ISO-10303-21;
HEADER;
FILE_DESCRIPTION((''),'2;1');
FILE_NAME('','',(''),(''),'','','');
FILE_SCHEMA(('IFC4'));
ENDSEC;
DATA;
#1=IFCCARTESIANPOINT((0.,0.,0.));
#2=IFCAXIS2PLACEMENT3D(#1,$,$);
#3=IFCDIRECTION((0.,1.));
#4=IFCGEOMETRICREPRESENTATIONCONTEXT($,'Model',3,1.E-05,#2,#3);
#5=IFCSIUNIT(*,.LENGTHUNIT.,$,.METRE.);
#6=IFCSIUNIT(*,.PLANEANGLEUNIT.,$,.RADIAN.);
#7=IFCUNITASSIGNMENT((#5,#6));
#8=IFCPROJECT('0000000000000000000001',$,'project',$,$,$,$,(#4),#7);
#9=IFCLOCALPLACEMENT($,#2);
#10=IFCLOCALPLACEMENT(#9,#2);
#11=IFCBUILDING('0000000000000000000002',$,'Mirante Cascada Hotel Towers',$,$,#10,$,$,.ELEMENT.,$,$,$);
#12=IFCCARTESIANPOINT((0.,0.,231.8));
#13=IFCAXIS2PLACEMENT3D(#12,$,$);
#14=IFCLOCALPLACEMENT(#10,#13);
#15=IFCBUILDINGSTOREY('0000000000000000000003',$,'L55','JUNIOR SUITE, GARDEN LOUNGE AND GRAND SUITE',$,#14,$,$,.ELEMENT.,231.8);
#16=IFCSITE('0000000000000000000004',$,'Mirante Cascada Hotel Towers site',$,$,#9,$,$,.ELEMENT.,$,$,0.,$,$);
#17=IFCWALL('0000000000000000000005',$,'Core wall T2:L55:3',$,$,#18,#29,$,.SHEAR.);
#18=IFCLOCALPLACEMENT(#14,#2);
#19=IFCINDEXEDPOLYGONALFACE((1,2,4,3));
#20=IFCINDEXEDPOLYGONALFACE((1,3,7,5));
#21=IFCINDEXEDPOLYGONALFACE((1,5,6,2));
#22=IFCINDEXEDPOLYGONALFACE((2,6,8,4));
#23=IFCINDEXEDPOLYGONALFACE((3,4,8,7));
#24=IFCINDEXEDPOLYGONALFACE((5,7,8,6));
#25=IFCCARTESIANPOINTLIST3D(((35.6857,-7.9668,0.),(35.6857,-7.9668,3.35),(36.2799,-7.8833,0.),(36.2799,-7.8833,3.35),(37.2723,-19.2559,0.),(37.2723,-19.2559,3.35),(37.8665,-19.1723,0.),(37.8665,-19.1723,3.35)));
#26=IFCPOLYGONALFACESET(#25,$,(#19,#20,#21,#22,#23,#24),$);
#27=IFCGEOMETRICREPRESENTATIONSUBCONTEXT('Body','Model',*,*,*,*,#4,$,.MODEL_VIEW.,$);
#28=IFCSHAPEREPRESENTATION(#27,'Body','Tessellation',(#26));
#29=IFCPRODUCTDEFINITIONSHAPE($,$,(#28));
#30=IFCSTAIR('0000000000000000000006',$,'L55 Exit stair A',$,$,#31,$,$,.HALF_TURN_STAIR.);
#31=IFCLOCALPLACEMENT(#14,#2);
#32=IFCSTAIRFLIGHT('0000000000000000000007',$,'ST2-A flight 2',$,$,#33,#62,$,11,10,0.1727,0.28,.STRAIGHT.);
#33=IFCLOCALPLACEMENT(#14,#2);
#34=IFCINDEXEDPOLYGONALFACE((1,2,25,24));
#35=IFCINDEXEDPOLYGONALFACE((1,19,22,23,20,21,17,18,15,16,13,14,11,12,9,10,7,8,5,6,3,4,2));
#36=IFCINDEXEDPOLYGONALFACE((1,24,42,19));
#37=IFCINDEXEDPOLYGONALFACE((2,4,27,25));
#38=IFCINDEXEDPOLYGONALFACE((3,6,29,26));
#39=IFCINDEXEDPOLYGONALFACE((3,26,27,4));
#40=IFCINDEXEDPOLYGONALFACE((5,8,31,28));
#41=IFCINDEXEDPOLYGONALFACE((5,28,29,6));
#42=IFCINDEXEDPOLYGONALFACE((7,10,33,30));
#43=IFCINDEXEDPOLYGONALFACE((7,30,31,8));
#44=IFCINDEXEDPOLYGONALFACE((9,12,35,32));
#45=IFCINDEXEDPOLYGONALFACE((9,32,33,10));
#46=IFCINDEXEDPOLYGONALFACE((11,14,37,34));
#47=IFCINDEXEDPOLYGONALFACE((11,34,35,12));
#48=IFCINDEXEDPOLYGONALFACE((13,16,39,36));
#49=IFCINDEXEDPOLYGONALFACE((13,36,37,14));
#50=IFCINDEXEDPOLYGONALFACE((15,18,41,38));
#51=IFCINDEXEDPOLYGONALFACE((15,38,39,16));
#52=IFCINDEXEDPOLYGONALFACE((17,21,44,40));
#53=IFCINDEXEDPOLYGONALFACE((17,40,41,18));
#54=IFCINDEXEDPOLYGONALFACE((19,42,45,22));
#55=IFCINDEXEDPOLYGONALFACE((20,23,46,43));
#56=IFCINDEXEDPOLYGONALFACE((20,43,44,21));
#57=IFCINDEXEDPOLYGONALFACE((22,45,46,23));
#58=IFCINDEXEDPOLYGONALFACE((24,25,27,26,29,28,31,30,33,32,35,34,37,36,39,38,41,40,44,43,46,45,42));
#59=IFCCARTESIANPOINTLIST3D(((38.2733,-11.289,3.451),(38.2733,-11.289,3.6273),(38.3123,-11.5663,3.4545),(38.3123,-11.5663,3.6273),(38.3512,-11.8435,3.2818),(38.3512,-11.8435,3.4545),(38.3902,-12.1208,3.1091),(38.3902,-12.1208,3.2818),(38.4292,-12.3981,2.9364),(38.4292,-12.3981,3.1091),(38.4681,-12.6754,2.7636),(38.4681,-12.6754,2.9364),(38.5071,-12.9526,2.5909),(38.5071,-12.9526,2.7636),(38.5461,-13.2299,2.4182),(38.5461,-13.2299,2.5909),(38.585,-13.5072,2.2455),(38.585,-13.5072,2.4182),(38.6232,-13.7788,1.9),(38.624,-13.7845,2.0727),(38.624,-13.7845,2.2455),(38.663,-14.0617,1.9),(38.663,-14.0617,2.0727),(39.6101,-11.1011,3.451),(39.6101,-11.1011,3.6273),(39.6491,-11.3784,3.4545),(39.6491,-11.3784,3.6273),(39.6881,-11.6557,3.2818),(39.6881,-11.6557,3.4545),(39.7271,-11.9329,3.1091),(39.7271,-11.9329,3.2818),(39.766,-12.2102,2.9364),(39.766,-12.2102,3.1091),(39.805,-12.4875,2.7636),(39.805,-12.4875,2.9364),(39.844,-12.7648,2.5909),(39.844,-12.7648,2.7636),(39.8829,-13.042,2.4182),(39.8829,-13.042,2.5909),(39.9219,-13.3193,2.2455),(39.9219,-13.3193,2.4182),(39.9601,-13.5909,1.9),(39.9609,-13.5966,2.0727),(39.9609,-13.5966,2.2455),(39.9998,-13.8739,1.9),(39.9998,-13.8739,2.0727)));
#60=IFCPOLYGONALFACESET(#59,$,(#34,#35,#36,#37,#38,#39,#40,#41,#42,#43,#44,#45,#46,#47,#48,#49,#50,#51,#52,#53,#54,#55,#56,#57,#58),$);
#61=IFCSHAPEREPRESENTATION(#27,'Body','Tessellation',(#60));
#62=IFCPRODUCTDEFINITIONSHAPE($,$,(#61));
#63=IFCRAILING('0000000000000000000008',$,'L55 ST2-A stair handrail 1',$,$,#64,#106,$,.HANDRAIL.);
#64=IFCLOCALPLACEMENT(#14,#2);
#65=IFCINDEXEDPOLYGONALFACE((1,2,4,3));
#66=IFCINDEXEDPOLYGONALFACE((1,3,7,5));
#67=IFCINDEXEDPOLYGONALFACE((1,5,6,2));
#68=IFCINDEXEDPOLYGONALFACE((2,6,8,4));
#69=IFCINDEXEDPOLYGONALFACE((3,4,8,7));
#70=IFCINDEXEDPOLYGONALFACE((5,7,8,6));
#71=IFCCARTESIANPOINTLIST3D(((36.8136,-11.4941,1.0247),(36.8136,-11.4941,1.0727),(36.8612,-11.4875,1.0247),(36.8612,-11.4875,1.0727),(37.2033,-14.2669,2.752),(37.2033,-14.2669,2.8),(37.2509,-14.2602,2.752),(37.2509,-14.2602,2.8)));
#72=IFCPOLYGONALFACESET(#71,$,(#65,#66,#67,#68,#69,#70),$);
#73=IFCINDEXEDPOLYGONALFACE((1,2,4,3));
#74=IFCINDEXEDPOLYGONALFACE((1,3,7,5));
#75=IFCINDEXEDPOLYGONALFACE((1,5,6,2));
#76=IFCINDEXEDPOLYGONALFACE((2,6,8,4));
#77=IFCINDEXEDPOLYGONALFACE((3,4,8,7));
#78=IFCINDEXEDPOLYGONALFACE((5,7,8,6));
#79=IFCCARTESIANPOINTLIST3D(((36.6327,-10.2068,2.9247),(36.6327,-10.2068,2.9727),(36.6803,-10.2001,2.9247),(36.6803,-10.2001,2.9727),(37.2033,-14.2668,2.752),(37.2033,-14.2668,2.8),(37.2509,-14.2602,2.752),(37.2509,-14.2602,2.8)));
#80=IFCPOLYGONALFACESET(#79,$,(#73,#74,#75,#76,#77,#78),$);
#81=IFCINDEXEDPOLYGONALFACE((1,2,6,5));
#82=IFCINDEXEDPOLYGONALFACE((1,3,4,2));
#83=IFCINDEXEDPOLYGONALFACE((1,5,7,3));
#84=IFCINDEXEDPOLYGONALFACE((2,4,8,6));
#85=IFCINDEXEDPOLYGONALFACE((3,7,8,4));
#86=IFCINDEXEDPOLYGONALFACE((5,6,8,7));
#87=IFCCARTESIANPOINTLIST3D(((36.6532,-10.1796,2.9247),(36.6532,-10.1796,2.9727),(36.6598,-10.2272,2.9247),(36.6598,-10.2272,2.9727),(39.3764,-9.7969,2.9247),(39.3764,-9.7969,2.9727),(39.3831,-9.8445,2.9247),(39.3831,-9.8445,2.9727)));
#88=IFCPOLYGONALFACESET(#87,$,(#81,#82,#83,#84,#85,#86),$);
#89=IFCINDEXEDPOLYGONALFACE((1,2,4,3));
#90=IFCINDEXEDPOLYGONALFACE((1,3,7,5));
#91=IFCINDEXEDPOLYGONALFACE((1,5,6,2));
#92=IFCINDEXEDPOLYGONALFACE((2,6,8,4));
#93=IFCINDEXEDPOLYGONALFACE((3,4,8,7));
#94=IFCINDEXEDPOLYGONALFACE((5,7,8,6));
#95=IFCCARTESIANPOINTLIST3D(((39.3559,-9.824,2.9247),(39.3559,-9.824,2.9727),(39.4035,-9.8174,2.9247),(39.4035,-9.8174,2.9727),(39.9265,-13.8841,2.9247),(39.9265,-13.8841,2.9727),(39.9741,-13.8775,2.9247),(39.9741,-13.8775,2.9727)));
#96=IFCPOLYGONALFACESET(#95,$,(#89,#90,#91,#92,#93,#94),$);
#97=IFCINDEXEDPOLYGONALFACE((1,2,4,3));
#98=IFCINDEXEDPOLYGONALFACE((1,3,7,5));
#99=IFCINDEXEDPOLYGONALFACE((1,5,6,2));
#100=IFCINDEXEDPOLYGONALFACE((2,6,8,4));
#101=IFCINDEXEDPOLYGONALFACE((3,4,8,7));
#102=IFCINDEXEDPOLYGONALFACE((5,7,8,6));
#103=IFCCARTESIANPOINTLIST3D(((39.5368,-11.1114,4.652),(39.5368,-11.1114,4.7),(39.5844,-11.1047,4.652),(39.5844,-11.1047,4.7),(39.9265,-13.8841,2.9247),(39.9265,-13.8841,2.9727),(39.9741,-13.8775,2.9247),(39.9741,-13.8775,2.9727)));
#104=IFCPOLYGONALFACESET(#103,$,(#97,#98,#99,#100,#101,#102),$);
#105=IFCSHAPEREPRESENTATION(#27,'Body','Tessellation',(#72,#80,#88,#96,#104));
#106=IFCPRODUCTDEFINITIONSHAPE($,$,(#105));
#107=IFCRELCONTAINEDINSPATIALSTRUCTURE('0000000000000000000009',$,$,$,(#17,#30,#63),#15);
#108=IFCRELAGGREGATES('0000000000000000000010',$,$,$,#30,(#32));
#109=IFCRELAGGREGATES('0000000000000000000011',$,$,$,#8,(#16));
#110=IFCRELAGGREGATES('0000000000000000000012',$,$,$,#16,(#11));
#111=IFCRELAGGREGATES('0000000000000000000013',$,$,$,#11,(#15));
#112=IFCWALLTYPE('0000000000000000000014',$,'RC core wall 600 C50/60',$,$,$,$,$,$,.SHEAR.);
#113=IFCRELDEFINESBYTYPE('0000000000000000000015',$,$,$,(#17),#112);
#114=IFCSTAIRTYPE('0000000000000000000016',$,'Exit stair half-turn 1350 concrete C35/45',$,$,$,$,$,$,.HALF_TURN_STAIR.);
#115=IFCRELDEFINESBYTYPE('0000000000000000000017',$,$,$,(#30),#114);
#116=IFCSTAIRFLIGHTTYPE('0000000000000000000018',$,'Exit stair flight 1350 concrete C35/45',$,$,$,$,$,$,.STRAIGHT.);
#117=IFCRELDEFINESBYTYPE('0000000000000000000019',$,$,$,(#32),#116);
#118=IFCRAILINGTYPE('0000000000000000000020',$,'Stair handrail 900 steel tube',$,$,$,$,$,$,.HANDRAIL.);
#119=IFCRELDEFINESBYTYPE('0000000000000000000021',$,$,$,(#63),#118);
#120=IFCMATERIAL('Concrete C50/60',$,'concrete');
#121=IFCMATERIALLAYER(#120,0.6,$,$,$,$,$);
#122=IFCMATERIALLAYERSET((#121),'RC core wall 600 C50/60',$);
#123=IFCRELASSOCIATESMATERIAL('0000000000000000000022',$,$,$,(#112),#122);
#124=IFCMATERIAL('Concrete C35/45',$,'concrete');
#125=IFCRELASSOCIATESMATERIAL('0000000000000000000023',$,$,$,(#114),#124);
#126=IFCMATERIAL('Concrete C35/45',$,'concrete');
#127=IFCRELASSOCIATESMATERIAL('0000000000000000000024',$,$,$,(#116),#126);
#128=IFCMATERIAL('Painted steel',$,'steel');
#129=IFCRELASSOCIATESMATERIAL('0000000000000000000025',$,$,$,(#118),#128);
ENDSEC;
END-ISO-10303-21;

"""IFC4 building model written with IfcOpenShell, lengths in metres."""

from ifc_helpers import new_model, si_unit, direction, frame, frame_2d, origin, origin_2d, place, context, subcontext, project, spatial, polyline, rectangle, outline, extrude, material, layer, layer_set, type_object, element, aggregate, save


model = new_model("IFC4")

# Units and contexts
model_context = context("Model", 3, precision=1e-05, world=origin(), true_north=direction((0.0, 1.0)))
body_context = subcontext(model_context, "Body", "Model", "MODEL_VIEW")
ifc_project = project(units=[si_unit("LENGTHUNIT", "METRE"), si_unit("PLANEANGLEUNIT", "RADIAN")], contexts=[model_context])

# Site, building, storey
site_placement = place(None, origin())
site = spatial("IfcSite", under=ifc_project, at=site_placement, Name="Mirante Cascada Hotel Towers site", CompositionType="ELEMENT", RefElevation=0.0)
building_placement = place(site_placement, origin())
building = spatial("IfcBuilding", under=site, at=building_placement, Name="Mirante Cascada Hotel Towers", CompositionType="ELEMENT")
storey_placement = place(building_placement, frame((0.0, 0.0, 231.8)))
storey = spatial("IfcBuildingStorey", under=building, at=storey_placement, Name="L55", Description="JUNIOR SUITE, GARDEN LOUNGE AND GRAND SUITE", CompositionType="ELEMENT", Elevation=231.8)

# Wall
ifc_material_1 = material(Name="Concrete C50/60", Category="concrete")
ifc_layer_1 = layer(ifc_material_1, 0.6)
ifc_layer_set_1 = layer_set([ifc_layer_1], Name="RC core wall 600 C50/60")
wall_type_1 = type_object("IfcWallType", Name="RC core wall 600 C50/60", PredefinedType="SHEAR", material=ifc_layer_set_1)
wall_1_placement = place(storey_placement, frame((37.5694, -19.2141, 0.0), z_axis=(0.0, 0.0, 1.0), x_axis=(-0.139175, 0.990268, 0.0)))
element("IfcWall", 1, at=wall_1_placement, inside=storey, type_object=wall_type_1, Name="Core wall T2:L55:3", PredefinedType="SHEAR", context=body_context, shape_type="SweptSolid", body=[
    extrude(rectangle(XDim=11.4, YDim=0.6, at=frame_2d((5.7, 0.0))), origin(), (0.0, 0.0, 1.0), 3.35),
])

# Stair, stair flight
ifc_material_2 = material(Name="Concrete C35/45", Category="concrete")
stair_type = type_object("IfcStairType", Name="Exit stair half-turn 1350 concrete C35/45", PredefinedType="HALF_TURN_STAIR", material=ifc_material_2)
stair_placement = place(storey_placement, origin())
stair = element("IfcStair", 2, at=stair_placement, inside=storey, type_object=stair_type, Name="L55 Exit stair A", PredefinedType="HALF_TURN_STAIR")
ifc_material_3 = material(Name="Concrete C35/45", Category="concrete")
stair_flight_type = type_object("IfcStairFlightType", Name="Exit stair flight 1350 concrete C35/45", PredefinedType="STRAIGHT", material=ifc_material_3)
stair_flight_placement = place(storey_placement, frame((39.3314, -13.9678, 1.9), z_axis=(0.0, 0.0, 1.0), x_axis=(-0.139173, 0.990268, 0.0)))
stair_flight = element("IfcStairFlight", 3, at=stair_flight_placement, type_object=stair_flight_type, Name="ST2-A flight 2", NumberOfRisers=11, NumberOfTreads=10, PredefinedType="STRAIGHT", RiserHeight=0.1727, TreadLength=0.28, context=body_context, shape_type="SweptSolid", body=[
    extrude(outline(polyline([(0.0, 0.0), (0.0, 0.1727), (0.28, 0.1727), (0.28, 0.3455), (0.56, 0.3455), (0.56, 0.5182), (0.84, 0.5182), (0.84, 0.6909), (1.12, 0.6909), (1.12, 0.8636), (1.4, 0.8636), (1.4, 1.0364), (1.68, 1.0364), (1.68, 1.2091), (1.96, 1.2091), (1.96, 1.3818), (2.24, 1.3818), (2.24, 1.5545), (2.52, 1.5545), (2.52, 1.7273), (2.8, 1.7273), (2.8, 1.9), (2.8, 1.551), (0.2857, 0.0), (0.0, 0.0)])), frame((0.0, 0.675, 0.0), z_axis=(0.0, -1.0, 0.0), x_axis=(1.0, 0.0, 0.0)), (0.0, 0.0, 1.0), 1.35),
])
aggregate(stair, [stair_flight])

# Railing
ifc_material_4 = material(Name="Painted steel", Category="steel")
railing_type = type_object("IfcRailingType", Name="Stair handrail 900 steel tube", PredefinedType="HANDRAIL", material=ifc_material_4)
railing_placement = place(storey_placement, frame((36.8374, -11.4908, 0.1727)))
element("IfcRailing", 4, at=railing_placement, inside=storey, type_object=railing_type, Name="L55 ST2-A stair handrail 1", PredefinedType="HANDRAIL", context=body_context, shape_type="SweptSolid", body=[
    extrude(rectangle(XDim=0.048, YDim=0.048, at=origin_2d()), frame((0.0, 0.0, 0.876), z_axis=(0.139181, -0.990267, 0.0), x_axis=(0.990267, 0.139181, 0.0)), (0.0, 0.525035, 0.851081), 3.2899),
    extrude(rectangle(XDim=0.048, YDim=0.048, at=origin_2d()), frame((0.3897, -2.7727, 2.6033), z_axis=(-0.139171, 0.990268, 0.0), x_axis=(-0.990268, -0.139171, 0.0)), (0.0, 0.042085, 0.999114), 4.1036),
    extrude(rectangle(XDim=0.048, YDim=0.048, at=origin_2d()), frame((-0.1809, 1.2874, 2.776), z_axis=(0.990269, 0.139166, 0.0), x_axis=(-0.139166, 0.990269, 0.0)), (0.0, 0.0, 1.0), 2.75),
    extrude(rectangle(XDim=0.048, YDim=0.048, at=origin_2d()), frame((2.5423, 1.6701, 2.776), z_axis=(0.139171, -0.990268, 0.0), x_axis=(0.990268, 0.139171, 0.0)), (0.0, 0.0, 1.0), 4.1),
    extrude(rectangle(XDim=0.048, YDim=0.048, at=origin_2d()), frame((3.1129, -2.39, 2.776), z_axis=(-0.139181, 0.990267, 0.0), x_axis=(-0.990267, -0.139181, 0.0)), (0.0, 0.525035, 0.851081), 3.2899),
])

save(model, "model.ifc")
